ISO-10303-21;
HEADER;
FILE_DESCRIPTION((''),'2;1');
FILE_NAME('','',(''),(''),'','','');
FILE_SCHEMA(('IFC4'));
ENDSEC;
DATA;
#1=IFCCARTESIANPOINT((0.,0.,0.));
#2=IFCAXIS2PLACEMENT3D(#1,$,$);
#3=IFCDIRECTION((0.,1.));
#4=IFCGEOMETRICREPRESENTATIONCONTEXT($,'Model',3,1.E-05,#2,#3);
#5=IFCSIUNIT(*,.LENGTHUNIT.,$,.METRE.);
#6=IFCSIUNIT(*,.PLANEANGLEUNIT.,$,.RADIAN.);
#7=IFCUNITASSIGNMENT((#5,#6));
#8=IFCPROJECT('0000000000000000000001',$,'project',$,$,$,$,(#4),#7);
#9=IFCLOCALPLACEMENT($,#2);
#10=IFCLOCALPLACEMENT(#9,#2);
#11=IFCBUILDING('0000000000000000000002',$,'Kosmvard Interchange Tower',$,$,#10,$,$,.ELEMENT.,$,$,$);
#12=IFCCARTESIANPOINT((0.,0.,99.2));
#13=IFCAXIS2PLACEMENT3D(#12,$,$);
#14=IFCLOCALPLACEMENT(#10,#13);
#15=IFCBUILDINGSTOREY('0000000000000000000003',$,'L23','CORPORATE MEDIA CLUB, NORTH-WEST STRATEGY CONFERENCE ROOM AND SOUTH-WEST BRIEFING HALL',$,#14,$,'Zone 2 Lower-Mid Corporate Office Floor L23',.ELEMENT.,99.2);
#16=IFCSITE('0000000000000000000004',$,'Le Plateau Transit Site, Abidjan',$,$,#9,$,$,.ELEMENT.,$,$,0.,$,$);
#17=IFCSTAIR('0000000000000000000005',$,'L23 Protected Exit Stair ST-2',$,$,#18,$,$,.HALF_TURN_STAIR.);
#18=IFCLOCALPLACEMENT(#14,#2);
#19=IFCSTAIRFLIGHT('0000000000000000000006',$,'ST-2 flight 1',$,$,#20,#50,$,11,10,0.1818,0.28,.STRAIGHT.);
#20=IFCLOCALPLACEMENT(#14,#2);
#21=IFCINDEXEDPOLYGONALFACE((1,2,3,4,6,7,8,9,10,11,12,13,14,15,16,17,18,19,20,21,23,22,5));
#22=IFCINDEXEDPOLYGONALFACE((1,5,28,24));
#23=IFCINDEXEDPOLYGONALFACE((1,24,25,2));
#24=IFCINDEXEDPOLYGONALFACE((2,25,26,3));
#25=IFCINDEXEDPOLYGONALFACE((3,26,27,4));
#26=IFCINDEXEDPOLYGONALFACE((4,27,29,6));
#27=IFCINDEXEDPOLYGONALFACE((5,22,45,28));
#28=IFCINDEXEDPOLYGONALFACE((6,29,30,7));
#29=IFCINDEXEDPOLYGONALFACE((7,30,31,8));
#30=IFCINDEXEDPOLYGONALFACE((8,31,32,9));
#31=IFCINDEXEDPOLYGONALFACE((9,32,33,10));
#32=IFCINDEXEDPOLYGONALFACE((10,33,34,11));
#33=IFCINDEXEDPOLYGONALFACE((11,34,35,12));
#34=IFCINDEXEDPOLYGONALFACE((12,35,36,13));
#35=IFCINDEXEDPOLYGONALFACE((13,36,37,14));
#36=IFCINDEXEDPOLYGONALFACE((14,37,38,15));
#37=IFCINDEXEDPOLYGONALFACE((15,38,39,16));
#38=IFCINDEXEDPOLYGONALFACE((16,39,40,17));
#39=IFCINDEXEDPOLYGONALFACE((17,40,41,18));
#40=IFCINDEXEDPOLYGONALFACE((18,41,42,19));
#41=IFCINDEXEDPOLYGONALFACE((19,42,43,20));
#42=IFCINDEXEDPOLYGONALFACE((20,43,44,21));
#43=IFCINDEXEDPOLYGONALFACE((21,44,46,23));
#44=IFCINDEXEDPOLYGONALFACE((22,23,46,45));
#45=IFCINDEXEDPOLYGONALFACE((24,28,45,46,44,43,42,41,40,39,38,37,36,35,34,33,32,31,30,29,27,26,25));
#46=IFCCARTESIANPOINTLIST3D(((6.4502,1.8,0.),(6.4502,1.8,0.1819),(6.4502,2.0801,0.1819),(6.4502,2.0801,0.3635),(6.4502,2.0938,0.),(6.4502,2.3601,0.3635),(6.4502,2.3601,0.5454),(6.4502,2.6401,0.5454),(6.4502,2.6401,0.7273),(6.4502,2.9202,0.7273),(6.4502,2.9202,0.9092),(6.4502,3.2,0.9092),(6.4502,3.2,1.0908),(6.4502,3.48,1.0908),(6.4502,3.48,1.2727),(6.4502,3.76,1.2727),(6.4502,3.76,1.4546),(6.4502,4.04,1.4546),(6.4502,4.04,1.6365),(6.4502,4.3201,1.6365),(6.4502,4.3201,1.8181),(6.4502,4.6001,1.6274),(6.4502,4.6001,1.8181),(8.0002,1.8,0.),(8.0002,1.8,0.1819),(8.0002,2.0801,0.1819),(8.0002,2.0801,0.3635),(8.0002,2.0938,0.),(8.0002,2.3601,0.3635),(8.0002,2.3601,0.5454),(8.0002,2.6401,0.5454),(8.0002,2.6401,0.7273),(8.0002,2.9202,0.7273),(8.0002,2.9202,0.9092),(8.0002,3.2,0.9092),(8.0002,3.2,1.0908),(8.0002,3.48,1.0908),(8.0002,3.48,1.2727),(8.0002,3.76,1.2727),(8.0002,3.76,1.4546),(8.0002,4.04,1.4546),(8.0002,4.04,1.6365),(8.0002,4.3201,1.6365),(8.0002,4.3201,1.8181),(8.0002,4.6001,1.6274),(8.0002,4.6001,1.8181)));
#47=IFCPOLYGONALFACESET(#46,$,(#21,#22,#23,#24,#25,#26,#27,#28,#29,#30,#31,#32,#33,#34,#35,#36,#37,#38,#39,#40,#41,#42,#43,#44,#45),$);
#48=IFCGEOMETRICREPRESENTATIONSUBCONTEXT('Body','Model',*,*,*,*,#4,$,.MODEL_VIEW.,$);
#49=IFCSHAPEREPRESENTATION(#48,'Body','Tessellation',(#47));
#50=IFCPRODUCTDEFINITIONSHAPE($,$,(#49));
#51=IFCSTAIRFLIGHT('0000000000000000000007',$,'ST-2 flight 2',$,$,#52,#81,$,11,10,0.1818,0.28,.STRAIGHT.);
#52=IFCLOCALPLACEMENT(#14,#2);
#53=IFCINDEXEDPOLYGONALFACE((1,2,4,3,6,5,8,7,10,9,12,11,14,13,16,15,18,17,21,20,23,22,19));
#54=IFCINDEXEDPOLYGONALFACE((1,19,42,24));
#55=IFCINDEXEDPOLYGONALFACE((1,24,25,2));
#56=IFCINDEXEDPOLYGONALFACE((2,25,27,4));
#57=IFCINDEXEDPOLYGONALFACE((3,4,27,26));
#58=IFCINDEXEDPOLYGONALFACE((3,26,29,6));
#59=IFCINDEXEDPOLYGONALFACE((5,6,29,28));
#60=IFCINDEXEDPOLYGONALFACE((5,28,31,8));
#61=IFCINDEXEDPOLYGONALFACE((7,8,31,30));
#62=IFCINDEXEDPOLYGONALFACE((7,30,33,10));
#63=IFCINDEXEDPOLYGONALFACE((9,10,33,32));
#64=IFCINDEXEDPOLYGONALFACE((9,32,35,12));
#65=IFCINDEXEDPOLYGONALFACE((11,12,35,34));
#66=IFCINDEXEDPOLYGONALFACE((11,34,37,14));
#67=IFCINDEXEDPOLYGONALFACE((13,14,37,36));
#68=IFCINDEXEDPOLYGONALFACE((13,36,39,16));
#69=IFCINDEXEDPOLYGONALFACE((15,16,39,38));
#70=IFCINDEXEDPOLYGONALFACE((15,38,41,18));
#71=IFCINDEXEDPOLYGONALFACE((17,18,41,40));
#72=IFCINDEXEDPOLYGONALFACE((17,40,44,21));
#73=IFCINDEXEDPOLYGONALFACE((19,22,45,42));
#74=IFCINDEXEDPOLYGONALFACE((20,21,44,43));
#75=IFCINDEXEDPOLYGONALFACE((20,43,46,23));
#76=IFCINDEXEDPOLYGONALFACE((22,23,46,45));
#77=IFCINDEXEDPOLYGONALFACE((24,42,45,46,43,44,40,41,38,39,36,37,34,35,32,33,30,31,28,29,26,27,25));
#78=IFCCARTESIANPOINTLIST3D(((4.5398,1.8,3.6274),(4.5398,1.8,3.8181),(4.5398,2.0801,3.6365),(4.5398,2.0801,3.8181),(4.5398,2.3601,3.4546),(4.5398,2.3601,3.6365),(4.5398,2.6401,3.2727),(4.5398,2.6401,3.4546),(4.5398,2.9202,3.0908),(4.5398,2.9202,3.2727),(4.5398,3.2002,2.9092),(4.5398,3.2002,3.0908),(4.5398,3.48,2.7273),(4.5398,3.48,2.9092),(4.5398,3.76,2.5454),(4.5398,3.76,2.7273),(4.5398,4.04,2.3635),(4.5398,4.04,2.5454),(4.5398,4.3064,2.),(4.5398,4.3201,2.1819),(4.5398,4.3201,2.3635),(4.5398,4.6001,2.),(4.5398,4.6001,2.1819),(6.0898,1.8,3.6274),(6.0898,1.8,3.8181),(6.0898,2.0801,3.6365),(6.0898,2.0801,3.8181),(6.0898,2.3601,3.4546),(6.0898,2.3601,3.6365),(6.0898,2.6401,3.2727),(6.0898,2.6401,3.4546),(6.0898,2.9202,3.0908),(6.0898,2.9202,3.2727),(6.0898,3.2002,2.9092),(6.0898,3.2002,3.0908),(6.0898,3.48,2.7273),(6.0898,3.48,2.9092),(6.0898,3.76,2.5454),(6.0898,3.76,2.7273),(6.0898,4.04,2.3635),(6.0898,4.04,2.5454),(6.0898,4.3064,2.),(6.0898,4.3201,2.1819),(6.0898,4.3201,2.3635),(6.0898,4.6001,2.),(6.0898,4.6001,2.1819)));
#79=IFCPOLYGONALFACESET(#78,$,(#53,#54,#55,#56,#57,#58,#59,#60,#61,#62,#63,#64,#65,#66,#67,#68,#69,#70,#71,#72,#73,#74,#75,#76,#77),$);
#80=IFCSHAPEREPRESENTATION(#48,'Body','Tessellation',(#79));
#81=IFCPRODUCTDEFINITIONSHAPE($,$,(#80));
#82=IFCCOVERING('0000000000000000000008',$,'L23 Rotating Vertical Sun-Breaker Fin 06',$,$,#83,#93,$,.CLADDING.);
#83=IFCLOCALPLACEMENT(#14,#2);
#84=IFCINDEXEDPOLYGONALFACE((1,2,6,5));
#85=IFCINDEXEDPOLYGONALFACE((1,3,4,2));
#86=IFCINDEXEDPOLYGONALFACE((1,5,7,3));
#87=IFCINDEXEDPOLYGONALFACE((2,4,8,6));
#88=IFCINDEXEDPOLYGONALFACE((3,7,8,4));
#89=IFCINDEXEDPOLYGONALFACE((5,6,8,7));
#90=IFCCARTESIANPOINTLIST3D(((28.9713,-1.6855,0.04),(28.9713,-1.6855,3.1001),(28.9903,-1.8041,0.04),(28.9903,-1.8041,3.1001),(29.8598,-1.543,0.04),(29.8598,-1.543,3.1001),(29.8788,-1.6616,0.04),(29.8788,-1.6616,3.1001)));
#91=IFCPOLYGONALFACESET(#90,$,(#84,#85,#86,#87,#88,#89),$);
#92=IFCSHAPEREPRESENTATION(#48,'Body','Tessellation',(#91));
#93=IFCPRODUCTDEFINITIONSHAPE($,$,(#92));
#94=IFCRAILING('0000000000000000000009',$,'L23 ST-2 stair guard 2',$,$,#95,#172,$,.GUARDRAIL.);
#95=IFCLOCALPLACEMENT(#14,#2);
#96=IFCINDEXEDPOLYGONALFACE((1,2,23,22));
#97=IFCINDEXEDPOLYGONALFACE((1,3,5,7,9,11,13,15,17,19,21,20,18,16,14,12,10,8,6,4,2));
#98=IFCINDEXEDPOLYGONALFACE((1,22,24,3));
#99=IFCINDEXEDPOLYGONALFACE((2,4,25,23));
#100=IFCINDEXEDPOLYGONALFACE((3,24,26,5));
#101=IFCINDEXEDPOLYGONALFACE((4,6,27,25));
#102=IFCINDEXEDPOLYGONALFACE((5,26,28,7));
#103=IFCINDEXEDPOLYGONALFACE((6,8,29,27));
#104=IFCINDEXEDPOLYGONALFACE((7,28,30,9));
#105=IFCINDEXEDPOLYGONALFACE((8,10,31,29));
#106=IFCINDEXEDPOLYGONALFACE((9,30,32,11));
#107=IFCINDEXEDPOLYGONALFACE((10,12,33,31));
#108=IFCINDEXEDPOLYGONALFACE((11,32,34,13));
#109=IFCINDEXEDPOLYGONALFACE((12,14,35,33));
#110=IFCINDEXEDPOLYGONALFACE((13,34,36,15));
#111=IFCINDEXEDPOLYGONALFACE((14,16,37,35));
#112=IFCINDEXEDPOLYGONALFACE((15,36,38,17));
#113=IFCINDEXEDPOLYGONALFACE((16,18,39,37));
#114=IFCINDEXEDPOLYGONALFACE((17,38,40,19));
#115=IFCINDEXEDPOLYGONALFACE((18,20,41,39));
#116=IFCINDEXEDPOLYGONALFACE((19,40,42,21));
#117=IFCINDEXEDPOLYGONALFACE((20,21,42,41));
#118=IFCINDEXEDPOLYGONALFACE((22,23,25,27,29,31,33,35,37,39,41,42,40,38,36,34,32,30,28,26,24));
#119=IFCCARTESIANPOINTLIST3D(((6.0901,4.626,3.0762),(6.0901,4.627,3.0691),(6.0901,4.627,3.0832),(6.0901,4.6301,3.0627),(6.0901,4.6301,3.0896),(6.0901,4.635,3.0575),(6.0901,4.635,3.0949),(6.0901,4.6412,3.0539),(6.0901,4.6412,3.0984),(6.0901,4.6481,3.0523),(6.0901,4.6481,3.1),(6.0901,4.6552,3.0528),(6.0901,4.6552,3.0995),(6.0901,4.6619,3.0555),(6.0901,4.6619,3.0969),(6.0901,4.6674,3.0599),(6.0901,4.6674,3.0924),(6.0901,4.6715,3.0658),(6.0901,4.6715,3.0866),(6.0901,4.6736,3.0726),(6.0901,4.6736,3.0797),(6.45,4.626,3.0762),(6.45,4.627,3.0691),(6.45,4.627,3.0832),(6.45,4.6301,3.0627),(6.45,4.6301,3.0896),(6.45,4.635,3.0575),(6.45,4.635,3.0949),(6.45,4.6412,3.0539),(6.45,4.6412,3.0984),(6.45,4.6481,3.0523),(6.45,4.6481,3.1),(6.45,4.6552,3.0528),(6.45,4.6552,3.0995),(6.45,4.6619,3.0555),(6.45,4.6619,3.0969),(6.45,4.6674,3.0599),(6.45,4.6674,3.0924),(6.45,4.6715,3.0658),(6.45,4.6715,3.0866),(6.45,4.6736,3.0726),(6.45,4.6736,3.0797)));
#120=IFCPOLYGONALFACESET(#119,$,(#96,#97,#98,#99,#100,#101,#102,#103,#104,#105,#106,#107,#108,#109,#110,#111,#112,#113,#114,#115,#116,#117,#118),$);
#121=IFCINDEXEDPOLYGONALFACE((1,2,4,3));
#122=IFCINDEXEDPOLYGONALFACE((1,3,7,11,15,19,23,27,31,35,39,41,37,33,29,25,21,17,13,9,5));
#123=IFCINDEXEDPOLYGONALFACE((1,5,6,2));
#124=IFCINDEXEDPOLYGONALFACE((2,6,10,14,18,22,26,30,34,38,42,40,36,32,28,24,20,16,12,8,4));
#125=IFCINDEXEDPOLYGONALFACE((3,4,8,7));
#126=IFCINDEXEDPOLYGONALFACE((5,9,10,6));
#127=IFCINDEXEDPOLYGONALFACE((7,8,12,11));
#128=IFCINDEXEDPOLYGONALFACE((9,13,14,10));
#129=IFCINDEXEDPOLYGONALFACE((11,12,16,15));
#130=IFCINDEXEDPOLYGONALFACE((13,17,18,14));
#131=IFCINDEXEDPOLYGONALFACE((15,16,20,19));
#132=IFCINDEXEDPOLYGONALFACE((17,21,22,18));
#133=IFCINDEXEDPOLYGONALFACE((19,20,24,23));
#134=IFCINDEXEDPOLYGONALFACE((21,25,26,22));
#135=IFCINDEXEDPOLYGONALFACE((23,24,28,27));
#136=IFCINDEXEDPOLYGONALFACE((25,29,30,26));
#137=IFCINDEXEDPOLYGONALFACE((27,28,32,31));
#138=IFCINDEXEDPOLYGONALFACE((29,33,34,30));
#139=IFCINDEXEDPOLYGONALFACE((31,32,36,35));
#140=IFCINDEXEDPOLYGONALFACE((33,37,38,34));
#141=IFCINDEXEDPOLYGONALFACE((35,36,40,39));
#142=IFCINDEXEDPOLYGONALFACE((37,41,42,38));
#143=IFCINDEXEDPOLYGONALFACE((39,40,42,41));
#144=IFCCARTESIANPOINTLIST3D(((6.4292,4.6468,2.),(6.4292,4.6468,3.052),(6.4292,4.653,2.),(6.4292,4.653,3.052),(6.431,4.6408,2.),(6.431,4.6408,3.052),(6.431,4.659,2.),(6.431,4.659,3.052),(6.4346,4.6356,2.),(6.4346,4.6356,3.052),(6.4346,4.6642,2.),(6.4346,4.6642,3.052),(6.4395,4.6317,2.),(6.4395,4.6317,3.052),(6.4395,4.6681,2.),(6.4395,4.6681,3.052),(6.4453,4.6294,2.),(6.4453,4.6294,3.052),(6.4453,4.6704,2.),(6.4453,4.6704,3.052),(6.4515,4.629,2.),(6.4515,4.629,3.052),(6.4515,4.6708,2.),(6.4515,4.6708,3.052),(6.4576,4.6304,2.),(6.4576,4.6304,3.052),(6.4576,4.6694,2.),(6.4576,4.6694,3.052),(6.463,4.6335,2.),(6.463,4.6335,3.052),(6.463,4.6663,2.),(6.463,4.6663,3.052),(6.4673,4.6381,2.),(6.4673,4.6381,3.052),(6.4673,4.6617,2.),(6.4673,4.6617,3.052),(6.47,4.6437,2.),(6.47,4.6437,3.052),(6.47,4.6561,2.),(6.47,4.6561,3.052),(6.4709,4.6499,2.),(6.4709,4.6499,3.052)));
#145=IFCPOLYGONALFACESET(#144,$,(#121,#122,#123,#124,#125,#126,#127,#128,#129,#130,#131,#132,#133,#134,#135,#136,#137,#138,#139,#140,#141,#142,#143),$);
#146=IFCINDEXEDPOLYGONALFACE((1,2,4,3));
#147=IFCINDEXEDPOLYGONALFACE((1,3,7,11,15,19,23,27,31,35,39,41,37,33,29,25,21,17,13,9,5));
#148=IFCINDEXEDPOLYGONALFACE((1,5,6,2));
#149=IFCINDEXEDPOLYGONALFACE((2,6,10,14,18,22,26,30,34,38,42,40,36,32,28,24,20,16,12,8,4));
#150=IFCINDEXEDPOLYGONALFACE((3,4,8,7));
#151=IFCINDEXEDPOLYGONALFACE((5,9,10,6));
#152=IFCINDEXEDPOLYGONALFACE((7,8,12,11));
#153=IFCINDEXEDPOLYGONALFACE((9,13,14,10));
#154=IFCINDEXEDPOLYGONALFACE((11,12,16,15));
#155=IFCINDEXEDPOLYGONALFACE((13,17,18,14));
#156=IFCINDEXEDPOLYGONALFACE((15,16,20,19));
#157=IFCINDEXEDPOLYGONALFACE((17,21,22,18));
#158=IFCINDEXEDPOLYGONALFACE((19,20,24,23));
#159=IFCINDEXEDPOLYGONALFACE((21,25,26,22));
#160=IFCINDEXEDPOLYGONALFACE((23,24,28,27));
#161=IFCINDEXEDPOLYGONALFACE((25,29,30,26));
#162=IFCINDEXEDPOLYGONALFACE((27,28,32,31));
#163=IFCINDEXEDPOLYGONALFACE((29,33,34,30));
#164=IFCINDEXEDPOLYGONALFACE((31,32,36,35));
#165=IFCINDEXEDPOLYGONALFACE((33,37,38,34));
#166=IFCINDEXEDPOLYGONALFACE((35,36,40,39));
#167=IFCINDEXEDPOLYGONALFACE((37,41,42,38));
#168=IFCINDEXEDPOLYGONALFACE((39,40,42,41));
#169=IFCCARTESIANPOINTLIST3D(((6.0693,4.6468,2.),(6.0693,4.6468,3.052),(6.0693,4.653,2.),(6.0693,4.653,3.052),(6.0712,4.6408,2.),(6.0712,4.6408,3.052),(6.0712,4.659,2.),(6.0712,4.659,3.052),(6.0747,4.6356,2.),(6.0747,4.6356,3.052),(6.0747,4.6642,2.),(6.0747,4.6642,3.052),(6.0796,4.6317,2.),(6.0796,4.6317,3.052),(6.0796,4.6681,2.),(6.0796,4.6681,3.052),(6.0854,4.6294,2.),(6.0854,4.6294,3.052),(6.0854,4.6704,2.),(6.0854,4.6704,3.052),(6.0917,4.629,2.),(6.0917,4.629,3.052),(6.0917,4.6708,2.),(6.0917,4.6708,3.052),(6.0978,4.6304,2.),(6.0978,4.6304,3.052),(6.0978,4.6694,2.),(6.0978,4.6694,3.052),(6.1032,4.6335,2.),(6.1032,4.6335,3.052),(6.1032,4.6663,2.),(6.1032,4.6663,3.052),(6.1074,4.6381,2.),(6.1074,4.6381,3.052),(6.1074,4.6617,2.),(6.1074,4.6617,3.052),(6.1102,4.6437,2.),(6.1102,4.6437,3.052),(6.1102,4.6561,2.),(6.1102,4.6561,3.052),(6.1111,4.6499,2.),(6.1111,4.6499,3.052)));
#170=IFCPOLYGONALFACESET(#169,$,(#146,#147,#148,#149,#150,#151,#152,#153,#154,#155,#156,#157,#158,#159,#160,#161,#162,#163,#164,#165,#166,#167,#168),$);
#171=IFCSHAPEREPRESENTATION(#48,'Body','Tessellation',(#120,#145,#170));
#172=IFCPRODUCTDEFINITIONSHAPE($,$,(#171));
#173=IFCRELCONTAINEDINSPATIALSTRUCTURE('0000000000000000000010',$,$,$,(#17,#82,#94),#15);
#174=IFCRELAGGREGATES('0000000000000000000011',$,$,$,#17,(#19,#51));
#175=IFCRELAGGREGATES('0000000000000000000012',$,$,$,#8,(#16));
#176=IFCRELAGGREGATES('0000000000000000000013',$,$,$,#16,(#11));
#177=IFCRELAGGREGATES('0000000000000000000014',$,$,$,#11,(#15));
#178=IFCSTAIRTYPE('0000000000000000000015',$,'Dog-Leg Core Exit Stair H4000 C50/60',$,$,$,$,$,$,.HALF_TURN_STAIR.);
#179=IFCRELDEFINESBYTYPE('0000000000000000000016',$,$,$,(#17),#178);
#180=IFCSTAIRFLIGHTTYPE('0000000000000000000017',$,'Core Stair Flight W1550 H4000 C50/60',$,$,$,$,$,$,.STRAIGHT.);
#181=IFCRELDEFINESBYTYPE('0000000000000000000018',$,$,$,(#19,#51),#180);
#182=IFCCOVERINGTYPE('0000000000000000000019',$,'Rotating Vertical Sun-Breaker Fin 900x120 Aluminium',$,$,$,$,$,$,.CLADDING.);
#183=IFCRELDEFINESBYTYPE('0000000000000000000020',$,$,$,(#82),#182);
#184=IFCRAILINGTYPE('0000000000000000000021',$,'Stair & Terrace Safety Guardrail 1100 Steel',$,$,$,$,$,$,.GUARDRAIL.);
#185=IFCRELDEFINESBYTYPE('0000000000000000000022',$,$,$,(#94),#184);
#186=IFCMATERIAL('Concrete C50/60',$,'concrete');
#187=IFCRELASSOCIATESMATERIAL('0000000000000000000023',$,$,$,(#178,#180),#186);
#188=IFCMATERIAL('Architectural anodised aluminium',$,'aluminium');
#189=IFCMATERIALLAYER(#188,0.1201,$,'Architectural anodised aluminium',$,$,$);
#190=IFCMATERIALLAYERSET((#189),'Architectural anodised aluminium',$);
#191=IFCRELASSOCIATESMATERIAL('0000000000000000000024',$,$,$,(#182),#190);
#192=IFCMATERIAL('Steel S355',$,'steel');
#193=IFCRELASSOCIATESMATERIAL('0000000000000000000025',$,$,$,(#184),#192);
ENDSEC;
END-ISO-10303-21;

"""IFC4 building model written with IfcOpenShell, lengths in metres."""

from ifc_helpers import new_model, si_unit, direction, frame, origin, origin_2d, place, context, subcontext, project, spatial, polyline, rectangle, circle, outline, extrude, source, transform, mapped, material, layer, layer_set, type_object, element, aggregate, save


model = new_model("IFC4")

# Units and contexts
model_context = context("Model", 3, precision=1e-05, world=origin(), true_north=direction((0.0, 1.0)))
body_context = subcontext(model_context, "Body", "Model", "MODEL_VIEW")
ifc_project = project(units=[si_unit("LENGTHUNIT", "METRE"), si_unit("PLANEANGLEUNIT", "RADIAN")], contexts=[model_context])

# Site, building, storey
site_placement = place(None, origin())
site = spatial("IfcSite", under=ifc_project, at=site_placement, Name="Le Plateau Transit Site, Abidjan", CompositionType="ELEMENT", RefElevation=0.0)
building_placement = place(site_placement, origin())
building = spatial("IfcBuilding", under=site, at=building_placement, Name="Kosmvard Interchange Tower", CompositionType="ELEMENT")
storey_placement = place(building_placement, frame((0.0, 0.0, 99.2)))
storey = spatial("IfcBuildingStorey", under=building, at=storey_placement, Name="L23", Description="CORPORATE MEDIA CLUB, NORTH-WEST STRATEGY CONFERENCE ROOM AND SOUTH-WEST BRIEFING HALL", LongName="Zone 2 Lower-Mid Corporate Office Floor L23", CompositionType="ELEMENT", Elevation=99.2)

# Shared definitions
ifc_material_1 = material(Name="Concrete C50/60", Category="concrete")

# Stair
stair_type = type_object("IfcStairType", Name="Dog-Leg Core Exit Stair H4000 C50/60", PredefinedType="HALF_TURN_STAIR", material=ifc_material_1)
stair_1_placement = place(storey_placement, origin())
stair_1 = element("IfcStair", 1, at=stair_1_placement, inside=storey, type_object=stair_type, Name="L23 Protected Exit Stair ST-2", PredefinedType="HALF_TURN_STAIR")

# Stair flights
stair_flight_type = type_object("IfcStairFlightType", Name="Core Stair Flight W1550 H4000 C50/60", PredefinedType="STRAIGHT", material=ifc_material_1)
shared_shape_1 = source(origin(), body_context, "Body", "SweptSolid", [
    extrude(outline(polyline([(0.0, 0.0), (0.0, 0.1819), (0.28, 0.1819), (0.28, 0.3635), (0.5601, 0.3635), (0.5601, 0.5454), (0.8401, 0.5454), (0.8401, 0.7273), (1.1201, 0.7273), (1.1201, 0.9092), (1.3999, 0.9092), (1.3999, 1.0908), (1.6799, 1.0908), (1.6799, 1.2727), (1.96, 1.2727), (1.96, 1.4546), (2.24, 1.4546), (2.24, 1.6365), (2.52, 1.6365), (2.52, 1.8181), (2.8, 1.8181), (2.8, 2.0), (2.8, 1.6274), (0.2937, 0.0), (0.0, 0.0)])), frame((0.0, 0.7749, 0.0), z_axis=(0.0, -1.0, 0.0), x_axis=(1.0, 0.0, 0.0)), (0.0, 0.0, 1.0), 1.55),
])
stair_flight_1_placement = place(storey_placement, frame((7.2251, 1.8, 0.0), z_axis=(0.0, 0.0, 1.0), x_axis=(0.0, 1.0, 0.0)))
stair_flight_1 = element("IfcStairFlight", 2, at=stair_flight_1_placement, type_object=stair_flight_type, Name="ST-2 flight 1", NumberOfRisers=11, NumberOfTreads=10, PredefinedType="STRAIGHT", RiserHeight=0.1818, TreadLength=0.28, context=body_context, shape_type="MappedRepresentation", body=[
    mapped(shared_shape_1, transform((0.0, 0.0, 0.0), scale=1.0)),
])
stair_flight_2_placement = place(storey_placement, frame((5.3149, 4.6001, 2.0), z_axis=(0.0, 0.0, 1.0), x_axis=(0.0, -1.0, 0.0)))
stair_flight_2 = element("IfcStairFlight", 3, at=stair_flight_2_placement, type_object=stair_flight_type, Name="ST-2 flight 2", NumberOfRisers=11, NumberOfTreads=10, PredefinedType="STRAIGHT", RiserHeight=0.1818, TreadLength=0.28, context=body_context, shape_type="MappedRepresentation", body=[
    mapped(shared_shape_1, transform((0.0, 0.0, 0.0), scale=1.0)),
])
aggregate(stair_1, [stair_flight_1, stair_flight_2])

# Covering
ifc_material_2 = material(Name="Architectural anodised aluminium", Category="aluminium")
ifc_layer_1 = layer(ifc_material_2, 0.1201, Name="Architectural anodised aluminium")
ifc_layer_set_1 = layer_set([ifc_layer_1], Name="Architectural anodised aluminium")
covering_type = type_object("IfcCoveringType", Name="Rotating Vertical Sun-Breaker Fin 900x120 Aluminium", PredefinedType="CLADDING", material=ifc_layer_set_1)
shared_shape_2 = source(origin(), body_context, "Body", "SweptSolid", [
    extrude(rectangle(XDim=0.8999, YDim=0.1201, at=origin_2d()), origin(), (0.0, 0.0, 1.0), 3.0601),
])
covering_placement = place(storey_placement, frame((29.425, -1.6736, 0.04), z_axis=(0.0, 0.0, 1.0), x_axis=(0.987386, 0.15833, 0.0)))
element("IfcCovering", 4, at=covering_placement, inside=storey, type_object=covering_type, Name="L23 Rotating Vertical Sun-Breaker Fin 06", PredefinedType="CLADDING", context=body_context, shape_type="MappedRepresentation", body=[
    mapped(shared_shape_2, transform((0.0, 0.0, 0.0), scale=1.0)),
])

# Railing
ifc_material_3 = material(Name="Steel S355", Category="steel")
railing_type_1 = type_object("IfcRailingType", Name="Stair & Terrace Safety Guardrail 1100 Steel", PredefinedType="GUARDRAIL", material=ifc_material_3)
shared_shape_3 = source(origin(), body_context, "Body", "SweptSolid", [
    extrude(circle(Radius=0.0239, at=origin_2d()), frame((0.0, 0.0, 1.0762), z_axis=(-1.0, 0.0, 0.0), x_axis=(0.0, -1.0, 0.0)), (0.0, 0.0, 1.0), 0.3599),
    extrude(circle(Radius=0.021, at=origin_2d()), origin(), (0.0, 0.0, 1.0), 1.052),
    extrude(circle(Radius=0.021, at=origin_2d()), frame((-0.3599, 0.0, 0.0)), (0.0, 0.0, 1.0), 1.052),
])
for number, where, name in (
    (5, (6.45, 4.6499, 2.0), "L23 ST-2 stair guard 2"),
):
    element("IfcRailing", number, at=place(storey_placement, frame(where)), inside=storey, type_object=railing_type_1, Name=name, PredefinedType="GUARDRAIL", context=body_context, shape_type="MappedRepresentation", body=[
        mapped(shared_shape_3, transform((0.0, 0.0, 0.0), scale=1.0)),
    ])

save(model, "model.ifc")
